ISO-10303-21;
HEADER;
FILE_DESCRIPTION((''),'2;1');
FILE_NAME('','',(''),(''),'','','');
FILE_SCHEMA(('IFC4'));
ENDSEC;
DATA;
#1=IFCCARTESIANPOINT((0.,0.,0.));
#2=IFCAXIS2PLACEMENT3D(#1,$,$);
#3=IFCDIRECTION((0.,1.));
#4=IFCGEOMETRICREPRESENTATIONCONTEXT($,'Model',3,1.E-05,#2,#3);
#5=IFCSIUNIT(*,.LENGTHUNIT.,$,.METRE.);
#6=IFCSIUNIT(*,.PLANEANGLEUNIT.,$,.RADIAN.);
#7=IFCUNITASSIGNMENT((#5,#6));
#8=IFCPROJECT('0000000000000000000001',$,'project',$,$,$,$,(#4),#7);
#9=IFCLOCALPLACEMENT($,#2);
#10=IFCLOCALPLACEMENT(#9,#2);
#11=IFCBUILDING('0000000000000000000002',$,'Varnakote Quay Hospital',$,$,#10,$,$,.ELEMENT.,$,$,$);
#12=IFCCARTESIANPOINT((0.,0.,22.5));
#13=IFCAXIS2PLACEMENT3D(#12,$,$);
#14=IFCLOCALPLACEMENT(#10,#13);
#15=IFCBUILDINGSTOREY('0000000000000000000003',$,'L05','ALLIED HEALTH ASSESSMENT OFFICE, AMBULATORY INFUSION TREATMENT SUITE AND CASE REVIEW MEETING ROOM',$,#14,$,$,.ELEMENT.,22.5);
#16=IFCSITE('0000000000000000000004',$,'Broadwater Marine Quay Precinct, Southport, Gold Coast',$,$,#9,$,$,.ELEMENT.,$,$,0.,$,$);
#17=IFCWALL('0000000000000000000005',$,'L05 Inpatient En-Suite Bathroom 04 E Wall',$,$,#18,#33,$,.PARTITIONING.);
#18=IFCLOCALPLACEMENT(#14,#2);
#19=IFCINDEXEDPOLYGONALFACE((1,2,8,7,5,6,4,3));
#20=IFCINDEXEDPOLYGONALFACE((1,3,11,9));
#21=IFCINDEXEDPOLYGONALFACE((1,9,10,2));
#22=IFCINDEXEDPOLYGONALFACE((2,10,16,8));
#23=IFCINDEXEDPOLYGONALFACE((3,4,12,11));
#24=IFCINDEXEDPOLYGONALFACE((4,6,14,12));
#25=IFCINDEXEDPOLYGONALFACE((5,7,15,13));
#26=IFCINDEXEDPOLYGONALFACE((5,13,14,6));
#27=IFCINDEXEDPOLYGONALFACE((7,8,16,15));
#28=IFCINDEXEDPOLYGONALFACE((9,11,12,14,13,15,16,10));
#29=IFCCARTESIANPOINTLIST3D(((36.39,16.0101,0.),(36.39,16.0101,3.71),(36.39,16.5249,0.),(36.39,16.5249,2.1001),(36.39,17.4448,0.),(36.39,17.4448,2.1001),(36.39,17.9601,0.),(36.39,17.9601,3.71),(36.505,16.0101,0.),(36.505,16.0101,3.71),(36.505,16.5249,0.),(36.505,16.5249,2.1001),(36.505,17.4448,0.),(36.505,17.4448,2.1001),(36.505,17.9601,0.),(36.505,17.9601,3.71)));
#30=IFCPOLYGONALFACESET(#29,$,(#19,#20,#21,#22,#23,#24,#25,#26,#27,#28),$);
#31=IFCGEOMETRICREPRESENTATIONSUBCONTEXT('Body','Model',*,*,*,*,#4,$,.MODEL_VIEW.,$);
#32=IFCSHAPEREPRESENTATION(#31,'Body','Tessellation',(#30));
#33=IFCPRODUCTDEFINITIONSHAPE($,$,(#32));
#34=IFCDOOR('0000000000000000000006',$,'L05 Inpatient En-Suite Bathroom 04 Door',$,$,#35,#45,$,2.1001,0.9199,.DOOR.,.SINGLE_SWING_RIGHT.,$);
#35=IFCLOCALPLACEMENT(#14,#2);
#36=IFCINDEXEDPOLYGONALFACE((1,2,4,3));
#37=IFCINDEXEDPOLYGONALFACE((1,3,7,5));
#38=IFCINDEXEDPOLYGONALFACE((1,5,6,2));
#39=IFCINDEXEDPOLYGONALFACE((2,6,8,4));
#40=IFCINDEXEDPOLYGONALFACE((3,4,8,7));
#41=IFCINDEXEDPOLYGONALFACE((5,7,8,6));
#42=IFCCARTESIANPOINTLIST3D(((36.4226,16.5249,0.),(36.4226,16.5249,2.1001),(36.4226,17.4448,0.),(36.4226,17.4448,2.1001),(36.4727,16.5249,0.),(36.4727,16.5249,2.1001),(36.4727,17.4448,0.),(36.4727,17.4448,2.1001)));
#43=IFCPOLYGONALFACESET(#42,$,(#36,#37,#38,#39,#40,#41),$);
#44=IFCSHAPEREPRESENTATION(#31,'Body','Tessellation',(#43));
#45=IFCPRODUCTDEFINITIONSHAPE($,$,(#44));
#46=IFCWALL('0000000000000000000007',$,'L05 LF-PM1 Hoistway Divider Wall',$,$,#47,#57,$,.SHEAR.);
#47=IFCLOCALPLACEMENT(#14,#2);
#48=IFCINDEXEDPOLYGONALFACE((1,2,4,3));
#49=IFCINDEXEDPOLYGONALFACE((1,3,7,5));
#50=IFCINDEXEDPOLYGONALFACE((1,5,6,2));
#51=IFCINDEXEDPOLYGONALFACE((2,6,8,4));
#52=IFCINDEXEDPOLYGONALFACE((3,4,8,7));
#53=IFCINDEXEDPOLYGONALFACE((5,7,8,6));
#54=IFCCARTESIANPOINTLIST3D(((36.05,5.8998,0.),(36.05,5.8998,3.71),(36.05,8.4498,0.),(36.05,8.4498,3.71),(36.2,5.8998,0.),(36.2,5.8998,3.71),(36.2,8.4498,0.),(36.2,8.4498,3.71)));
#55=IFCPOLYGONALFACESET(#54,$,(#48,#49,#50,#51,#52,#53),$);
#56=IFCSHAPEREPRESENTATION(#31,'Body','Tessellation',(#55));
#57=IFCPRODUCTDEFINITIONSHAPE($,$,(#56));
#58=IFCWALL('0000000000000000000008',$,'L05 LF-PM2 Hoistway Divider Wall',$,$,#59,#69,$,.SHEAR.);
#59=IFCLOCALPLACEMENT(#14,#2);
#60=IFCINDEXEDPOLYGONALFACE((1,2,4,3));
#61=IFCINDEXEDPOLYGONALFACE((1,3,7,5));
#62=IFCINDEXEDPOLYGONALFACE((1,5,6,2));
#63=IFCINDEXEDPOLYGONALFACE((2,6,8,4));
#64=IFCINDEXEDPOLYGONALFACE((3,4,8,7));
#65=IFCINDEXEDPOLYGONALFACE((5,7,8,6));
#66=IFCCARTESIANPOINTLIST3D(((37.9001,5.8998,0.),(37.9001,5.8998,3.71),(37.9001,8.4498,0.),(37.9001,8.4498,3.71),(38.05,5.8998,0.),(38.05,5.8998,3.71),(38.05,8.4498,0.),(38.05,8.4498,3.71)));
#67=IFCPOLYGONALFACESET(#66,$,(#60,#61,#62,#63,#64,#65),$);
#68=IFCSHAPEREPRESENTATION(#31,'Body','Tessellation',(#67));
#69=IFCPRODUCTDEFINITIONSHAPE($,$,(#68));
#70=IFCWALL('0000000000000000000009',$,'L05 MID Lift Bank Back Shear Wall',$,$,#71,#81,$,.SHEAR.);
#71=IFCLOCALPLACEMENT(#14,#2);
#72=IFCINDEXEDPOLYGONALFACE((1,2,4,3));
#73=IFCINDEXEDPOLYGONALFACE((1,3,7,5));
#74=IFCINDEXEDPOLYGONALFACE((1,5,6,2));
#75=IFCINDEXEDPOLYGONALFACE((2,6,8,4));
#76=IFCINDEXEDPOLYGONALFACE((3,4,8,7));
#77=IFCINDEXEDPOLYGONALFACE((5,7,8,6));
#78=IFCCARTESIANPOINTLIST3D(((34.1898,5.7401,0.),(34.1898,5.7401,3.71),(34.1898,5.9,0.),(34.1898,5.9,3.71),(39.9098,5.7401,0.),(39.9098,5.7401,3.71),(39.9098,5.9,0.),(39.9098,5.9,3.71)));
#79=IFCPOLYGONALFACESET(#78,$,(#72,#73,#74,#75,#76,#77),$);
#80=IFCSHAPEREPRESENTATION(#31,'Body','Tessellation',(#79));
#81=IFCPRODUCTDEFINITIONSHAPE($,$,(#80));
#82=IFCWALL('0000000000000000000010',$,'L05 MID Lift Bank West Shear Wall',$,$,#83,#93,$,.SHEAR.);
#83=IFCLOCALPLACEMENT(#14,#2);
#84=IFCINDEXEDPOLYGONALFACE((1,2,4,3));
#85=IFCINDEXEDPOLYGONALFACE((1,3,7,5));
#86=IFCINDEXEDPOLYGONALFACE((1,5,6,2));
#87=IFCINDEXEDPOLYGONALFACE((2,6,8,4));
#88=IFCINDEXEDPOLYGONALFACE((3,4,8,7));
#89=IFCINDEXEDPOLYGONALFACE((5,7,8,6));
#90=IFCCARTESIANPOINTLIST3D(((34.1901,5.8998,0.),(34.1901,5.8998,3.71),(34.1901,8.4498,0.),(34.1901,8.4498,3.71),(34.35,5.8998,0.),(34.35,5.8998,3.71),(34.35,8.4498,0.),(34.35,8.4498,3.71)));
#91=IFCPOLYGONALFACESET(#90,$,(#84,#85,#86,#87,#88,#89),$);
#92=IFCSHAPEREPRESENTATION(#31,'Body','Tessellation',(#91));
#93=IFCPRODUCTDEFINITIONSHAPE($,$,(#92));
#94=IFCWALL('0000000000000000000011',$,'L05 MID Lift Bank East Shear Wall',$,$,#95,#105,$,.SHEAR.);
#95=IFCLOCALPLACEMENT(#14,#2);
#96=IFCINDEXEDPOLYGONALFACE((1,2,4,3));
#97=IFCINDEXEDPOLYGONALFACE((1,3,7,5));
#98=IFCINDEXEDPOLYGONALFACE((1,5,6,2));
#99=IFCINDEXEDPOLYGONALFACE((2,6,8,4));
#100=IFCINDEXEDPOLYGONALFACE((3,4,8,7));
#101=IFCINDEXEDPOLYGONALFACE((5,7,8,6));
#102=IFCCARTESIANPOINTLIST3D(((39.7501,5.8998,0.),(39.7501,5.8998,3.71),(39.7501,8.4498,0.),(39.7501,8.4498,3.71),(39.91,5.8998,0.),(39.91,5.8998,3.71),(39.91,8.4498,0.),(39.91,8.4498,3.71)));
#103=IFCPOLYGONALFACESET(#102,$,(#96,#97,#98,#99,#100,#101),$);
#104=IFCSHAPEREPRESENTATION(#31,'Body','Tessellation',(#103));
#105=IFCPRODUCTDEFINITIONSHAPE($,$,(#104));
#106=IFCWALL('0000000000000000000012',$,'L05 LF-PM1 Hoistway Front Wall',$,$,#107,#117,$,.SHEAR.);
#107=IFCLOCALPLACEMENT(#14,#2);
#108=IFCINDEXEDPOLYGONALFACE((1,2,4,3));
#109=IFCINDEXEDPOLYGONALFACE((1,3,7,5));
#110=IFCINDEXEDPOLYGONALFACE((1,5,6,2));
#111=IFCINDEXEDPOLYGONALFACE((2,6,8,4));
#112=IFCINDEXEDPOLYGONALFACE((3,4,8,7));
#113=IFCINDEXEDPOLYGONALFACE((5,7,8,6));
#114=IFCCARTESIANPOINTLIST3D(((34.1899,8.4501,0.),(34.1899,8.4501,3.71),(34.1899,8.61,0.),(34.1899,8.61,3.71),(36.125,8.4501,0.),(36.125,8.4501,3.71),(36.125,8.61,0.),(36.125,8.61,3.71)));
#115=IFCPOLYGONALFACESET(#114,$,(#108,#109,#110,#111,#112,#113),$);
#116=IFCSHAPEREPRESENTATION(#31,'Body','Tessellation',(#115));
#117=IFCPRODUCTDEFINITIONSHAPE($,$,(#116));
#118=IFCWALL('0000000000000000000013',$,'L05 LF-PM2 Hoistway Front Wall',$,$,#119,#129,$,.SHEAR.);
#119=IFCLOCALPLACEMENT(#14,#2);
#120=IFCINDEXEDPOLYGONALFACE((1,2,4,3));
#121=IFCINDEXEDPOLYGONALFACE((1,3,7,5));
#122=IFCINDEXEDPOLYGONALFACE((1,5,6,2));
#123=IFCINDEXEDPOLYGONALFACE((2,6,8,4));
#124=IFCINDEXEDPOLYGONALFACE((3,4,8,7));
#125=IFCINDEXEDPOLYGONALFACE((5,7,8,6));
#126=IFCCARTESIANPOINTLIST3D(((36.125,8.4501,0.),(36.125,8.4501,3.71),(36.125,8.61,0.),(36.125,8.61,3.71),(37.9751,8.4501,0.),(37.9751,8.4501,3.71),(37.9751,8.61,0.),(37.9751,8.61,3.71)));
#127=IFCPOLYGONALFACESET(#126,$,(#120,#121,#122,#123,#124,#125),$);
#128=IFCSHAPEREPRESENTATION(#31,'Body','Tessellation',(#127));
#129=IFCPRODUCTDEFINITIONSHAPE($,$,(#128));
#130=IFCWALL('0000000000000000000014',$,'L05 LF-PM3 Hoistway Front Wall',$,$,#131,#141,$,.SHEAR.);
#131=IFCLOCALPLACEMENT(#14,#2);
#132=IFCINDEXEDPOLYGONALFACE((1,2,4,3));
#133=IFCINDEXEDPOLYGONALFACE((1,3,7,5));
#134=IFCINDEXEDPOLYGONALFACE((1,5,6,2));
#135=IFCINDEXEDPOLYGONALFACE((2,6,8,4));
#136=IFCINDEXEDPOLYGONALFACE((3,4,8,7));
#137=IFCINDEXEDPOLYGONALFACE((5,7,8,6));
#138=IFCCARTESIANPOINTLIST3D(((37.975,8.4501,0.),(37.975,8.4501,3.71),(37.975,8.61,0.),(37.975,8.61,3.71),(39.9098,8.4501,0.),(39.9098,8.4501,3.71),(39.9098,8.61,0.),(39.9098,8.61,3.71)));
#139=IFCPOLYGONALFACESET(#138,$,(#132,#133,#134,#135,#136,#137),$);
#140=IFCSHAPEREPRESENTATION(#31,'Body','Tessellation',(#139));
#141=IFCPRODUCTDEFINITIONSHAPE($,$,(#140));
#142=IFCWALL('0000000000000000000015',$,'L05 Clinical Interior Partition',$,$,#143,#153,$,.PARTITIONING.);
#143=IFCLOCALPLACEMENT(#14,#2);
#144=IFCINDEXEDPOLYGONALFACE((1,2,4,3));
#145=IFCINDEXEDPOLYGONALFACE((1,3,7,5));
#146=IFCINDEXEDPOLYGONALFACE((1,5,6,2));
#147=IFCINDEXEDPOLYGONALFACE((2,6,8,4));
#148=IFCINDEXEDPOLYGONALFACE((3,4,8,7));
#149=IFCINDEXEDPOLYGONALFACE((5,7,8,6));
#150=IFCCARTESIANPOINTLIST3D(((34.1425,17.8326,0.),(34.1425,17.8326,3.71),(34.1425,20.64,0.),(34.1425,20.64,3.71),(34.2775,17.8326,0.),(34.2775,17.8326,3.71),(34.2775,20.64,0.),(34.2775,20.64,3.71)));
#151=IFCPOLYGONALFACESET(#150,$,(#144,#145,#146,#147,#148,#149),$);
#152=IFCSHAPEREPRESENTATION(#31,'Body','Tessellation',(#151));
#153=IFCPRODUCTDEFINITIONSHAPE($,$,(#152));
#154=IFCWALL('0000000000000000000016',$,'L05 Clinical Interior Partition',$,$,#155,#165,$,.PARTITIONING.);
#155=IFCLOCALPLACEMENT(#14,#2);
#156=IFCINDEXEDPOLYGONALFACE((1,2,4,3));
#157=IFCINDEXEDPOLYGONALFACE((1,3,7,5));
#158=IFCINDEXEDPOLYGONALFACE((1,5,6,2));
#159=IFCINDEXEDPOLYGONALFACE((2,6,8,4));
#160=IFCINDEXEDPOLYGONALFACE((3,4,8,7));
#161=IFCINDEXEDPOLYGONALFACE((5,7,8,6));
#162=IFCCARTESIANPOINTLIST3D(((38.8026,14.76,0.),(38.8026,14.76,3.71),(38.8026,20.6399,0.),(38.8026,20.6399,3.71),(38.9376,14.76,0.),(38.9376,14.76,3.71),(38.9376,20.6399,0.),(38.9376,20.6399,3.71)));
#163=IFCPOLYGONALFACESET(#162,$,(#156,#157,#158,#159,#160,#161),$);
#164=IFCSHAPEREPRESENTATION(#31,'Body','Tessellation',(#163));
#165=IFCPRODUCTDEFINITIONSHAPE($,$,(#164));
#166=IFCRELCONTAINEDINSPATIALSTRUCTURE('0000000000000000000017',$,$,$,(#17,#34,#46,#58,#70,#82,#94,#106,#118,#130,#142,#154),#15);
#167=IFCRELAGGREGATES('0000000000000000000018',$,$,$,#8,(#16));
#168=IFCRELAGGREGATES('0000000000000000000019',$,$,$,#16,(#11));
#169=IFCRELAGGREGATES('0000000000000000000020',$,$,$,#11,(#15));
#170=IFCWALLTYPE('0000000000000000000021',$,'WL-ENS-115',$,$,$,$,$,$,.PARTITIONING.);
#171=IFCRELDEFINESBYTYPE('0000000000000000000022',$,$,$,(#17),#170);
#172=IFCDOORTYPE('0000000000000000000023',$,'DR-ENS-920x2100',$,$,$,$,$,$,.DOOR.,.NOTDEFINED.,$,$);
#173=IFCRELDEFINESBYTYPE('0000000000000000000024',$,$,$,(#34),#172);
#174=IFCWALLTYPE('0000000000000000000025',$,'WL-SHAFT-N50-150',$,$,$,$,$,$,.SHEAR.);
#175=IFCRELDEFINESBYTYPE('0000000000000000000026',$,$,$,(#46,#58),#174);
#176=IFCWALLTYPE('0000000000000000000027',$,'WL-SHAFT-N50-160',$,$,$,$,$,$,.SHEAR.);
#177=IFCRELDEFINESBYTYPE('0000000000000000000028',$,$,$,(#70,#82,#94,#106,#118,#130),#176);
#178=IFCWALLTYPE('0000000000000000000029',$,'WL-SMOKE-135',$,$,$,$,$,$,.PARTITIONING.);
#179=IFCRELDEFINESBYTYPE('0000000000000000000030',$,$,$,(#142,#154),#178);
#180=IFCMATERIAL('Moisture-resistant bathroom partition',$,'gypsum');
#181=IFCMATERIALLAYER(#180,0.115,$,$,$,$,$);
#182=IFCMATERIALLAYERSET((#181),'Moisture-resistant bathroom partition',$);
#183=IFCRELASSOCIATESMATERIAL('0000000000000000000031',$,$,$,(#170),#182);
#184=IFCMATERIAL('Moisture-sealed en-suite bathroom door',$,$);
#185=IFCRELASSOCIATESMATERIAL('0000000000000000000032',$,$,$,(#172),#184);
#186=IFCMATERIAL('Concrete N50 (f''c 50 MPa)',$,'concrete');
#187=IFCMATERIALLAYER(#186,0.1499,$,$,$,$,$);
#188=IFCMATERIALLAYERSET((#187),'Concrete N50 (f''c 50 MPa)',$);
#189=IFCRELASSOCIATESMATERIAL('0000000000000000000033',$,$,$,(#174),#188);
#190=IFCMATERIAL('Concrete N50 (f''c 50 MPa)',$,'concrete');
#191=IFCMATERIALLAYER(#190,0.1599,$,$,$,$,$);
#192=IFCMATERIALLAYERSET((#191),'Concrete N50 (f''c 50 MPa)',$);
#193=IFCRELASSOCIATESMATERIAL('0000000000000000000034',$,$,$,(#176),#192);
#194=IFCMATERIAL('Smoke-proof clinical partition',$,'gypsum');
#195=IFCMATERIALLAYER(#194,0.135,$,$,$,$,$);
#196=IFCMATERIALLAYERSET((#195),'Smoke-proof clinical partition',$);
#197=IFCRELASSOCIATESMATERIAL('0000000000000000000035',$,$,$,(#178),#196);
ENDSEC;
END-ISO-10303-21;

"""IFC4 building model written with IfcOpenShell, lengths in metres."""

from ifc_helpers import new_model, si_unit, direction, frame, frame_2d, origin, place, context, subcontext, project, spatial, rectangle, extrude, material, layer, layer_set, type_object, element, fill, save


model = new_model("IFC4")

# Units and contexts
model_context = context("Model", 3, precision=1e-05, world=origin(), true_north=direction((0.0, 1.0)))
body_context = subcontext(model_context, "Body", "Model", "MODEL_VIEW")
ifc_project = project(units=[si_unit("LENGTHUNIT", "METRE"), si_unit("PLANEANGLEUNIT", "RADIAN")], contexts=[model_context])

# Site, building, storey
site_placement = place(None, origin())
site = spatial("IfcSite", under=ifc_project, at=site_placement, Name="Broadwater Marine Quay Precinct, Southport, Gold Coast", CompositionType="ELEMENT", RefElevation=0.0)
building_placement = place(site_placement, origin())
building = spatial("IfcBuilding", under=site, at=building_placement, Name="Varnakote Quay Hospital", CompositionType="ELEMENT")
storey_placement = place(building_placement, frame((0.0, 0.0, 22.5)))
storey = spatial("IfcBuildingStorey", under=building, at=storey_placement, Name="L05", Description="ALLIED HEALTH ASSESSMENT OFFICE, AMBULATORY INFUSION TREATMENT SUITE AND CASE REVIEW MEETING ROOM", CompositionType="ELEMENT", Elevation=22.5)

# Shared definitions
ifc_material_1 = material(Name="Moisture-resistant bathroom partition", Category="gypsum")
ifc_layer_1 = layer(ifc_material_1, 0.115)
ifc_layer_set_1 = layer_set([ifc_layer_1], Name="Moisture-resistant bathroom partition")
wall_type_1 = type_object("IfcWallType", Name="WL-ENS-115", PredefinedType="PARTITIONING", material=ifc_layer_set_1)

# Wall, opening, door
wall_1_placement = place(storey_placement, frame((36.4475, 16.01, 0.0), z_axis=(0.0, 0.0, 1.0), x_axis=(0.0, 1.0, 0.0)))
wall_1 = element("IfcWall", 1, at=wall_1_placement, inside=storey, type_object=wall_type_1, Name="L05 Inpatient En-Suite Bathroom 04 E Wall", PredefinedType="PARTITIONING", context=body_context, shape_type="SweptSolid", body=[
    extrude(rectangle(XDim=1.95, YDim=0.115, at=frame_2d((0.9751, 0.0))), origin(), (0.0, 0.0, 1.0), 3.71),
])
opening_1_placement = place(wall_1_placement, frame((0.5149, 0.0, 0.0)))
opening_1 = element("IfcOpeningElement", 2, at=opening_1_placement, cuts=wall_1, PredefinedType="OPENING", context=body_context, shape_type="SweptSolid", body=[
    extrude(rectangle(XDim=0.9199, YDim=2.1001, at=frame_2d((0.46, 1.05))), frame((0.0, 0.0674, 0.0), z_axis=(0.0, -1.0, 0.0), x_axis=(1.0, 0.0, 0.0)), (0.0, 0.0, 1.0), 0.135),
])
ifc_material_2 = material(Name="Moisture-sealed en-suite bathroom door")
door_type_1 = type_object("IfcDoorType", Name="DR-ENS-920x2100", OperationType="NOTDEFINED", PredefinedType="DOOR", material=ifc_material_2)
door_1_placement = place(opening_1_placement, origin())
door_1 = element("IfcDoor", 3, at=door_1_placement, inside=storey, type_object=door_type_1, Name="L05 Inpatient En-Suite Bathroom 04 Door", OperationType="SINGLE_SWING_RIGHT", OverallHeight=2.1001, OverallWidth=0.9199, PredefinedType="DOOR", context=body_context, shape_type="SweptSolid", body=[
    extrude(rectangle(XDim=0.9199, YDim=2.1001, at=frame_2d((0.46, 1.05))), frame((0.0, 0.0249, 0.0), z_axis=(0.0, -1.0, 0.0), x_axis=(1.0, 0.0, 0.0)), (0.0, 0.0, 1.0), 0.05),
])
fill(opening_1, door_1)

# Walls
ifc_material_3 = material(Name="Concrete N50 (f'c 50 MPa)", Category="concrete")
ifc_layer_2 = layer(ifc_material_3, 0.1499)
ifc_layer_set_2 = layer_set([ifc_layer_2], Name="Concrete N50 (f'c 50 MPa)")
wall_type_2 = type_object("IfcWallType", Name="WL-SHAFT-N50-150", PredefinedType="SHEAR", material=ifc_layer_set_2)
for number, where, z_axis, x_axis, name in (
    (4, (36.125, 5.8999, 0.0), (0.0, 0.0, 1.0), (0.0, 1.0, 0.0), "L05 LF-PM1 Hoistway Divider Wall"),
    (5, (37.9751, 5.8999, 0.0), (0.0, 0.0, 1.0), (0.0, 1.0, 0.0), "L05 LF-PM2 Hoistway Divider Wall"),
):
    element("IfcWall", number, at=place(storey_placement, frame(where, z_axis=z_axis, x_axis=x_axis)), inside=storey, type_object=wall_type_2, Name=name, PredefinedType="SHEAR", context=body_context, shape_type="SweptSolid", body=[
        extrude(rectangle(XDim=2.55, YDim=0.1499, at=frame_2d((1.2749, 0.0))), origin(), (0.0, 0.0, 1.0), 3.71),
    ])
ifc_material_4 = material(Name="Concrete N50 (f'c 50 MPa)", Category="concrete")
ifc_layer_3 = layer(ifc_material_4, 0.1599)
ifc_layer_set_3 = layer_set([ifc_layer_3], Name="Concrete N50 (f'c 50 MPa)")
wall_type_3 = type_object("IfcWallType", Name="WL-SHAFT-N50-160", PredefinedType="SHEAR", material=ifc_layer_set_3)
wall_2_placement = place(storey_placement, frame((34.1899, 5.8201, 0.0), z_axis=(0.0, 0.0, 1.0), x_axis=(1.0, 0.0, 0.0)))
element("IfcWall", 6, at=wall_2_placement, inside=storey, type_object=wall_type_3, Name="L05 MID Lift Bank Back Shear Wall", PredefinedType="SHEAR", context=body_context, shape_type="SweptSolid", body=[
    extrude(rectangle(XDim=5.72, YDim=0.1599, at=frame_2d((2.8599, 0.0))), origin(), (0.0, 0.0, 1.0), 3.71),
])
for number, where, z_axis, x_axis, name in (
    (7, (34.27, 5.8999, 0.0), (0.0, 0.0, 1.0), (0.0, 1.0, 0.0), "L05 MID Lift Bank West Shear Wall"),
    (8, (39.8301, 5.8999, 0.0), (0.0, 0.0, 1.0), (0.0, 1.0, 0.0), "L05 MID Lift Bank East Shear Wall"),
):
    element("IfcWall", number, at=place(storey_placement, frame(where, z_axis=z_axis, x_axis=x_axis)), inside=storey, type_object=wall_type_3, Name=name, PredefinedType="SHEAR", context=body_context, shape_type="SweptSolid", body=[
        extrude(rectangle(XDim=2.55, YDim=0.1599, at=frame_2d((1.2749, 0.0))), origin(), (0.0, 0.0, 1.0), 3.71),
    ])
wall_3_placement = place(storey_placement, frame((34.1899, 8.53, 0.0), z_axis=(0.0, 0.0, 1.0), x_axis=(1.0, 0.0, 0.0)))
element("IfcWall", 9, at=wall_3_placement, inside=storey, type_object=wall_type_3, Name="L05 LF-PM1 Hoistway Front Wall", PredefinedType="SHEAR", context=body_context, shape_type="SweptSolid", body=[
    extrude(rectangle(XDim=1.9351, YDim=0.1599, at=frame_2d((0.9675, 0.0))), origin(), (0.0, 0.0, 1.0), 3.71),
])
wall_4_placement = place(storey_placement, frame((36.125, 8.53, 0.0), z_axis=(0.0, 0.0, 1.0), x_axis=(1.0, 0.0, 0.0)))
element("IfcWall", 10, at=wall_4_placement, inside=storey, type_object=wall_type_3, Name="L05 LF-PM2 Hoistway Front Wall", PredefinedType="SHEAR", context=body_context, shape_type="SweptSolid", body=[
    extrude(rectangle(XDim=1.8501, YDim=0.1599, at=frame_2d((0.925, 0.0))), origin(), (0.0, 0.0, 1.0), 3.71),
])
wall_5_placement = place(storey_placement, frame((37.9751, 8.53, 0.0), z_axis=(0.0, 0.0, 1.0), x_axis=(1.0, 0.0, 0.0)))
element("IfcWall", 11, at=wall_5_placement, inside=storey, type_object=wall_type_3, Name="L05 LF-PM3 Hoistway Front Wall", PredefinedType="SHEAR", context=body_context, shape_type="SweptSolid", body=[
    extrude(rectangle(XDim=1.9348, YDim=0.1599, at=frame_2d((0.9673, 0.0))), origin(), (0.0, 0.0, 1.0), 3.71),
])
ifc_material_5 = material(Name="Smoke-proof clinical partition", Category="gypsum")
ifc_layer_4 = layer(ifc_material_5, 0.135)
ifc_layer_set_4 = layer_set([ifc_layer_4], Name="Smoke-proof clinical partition")
wall_type_4 = type_object("IfcWallType", Name="WL-SMOKE-135", PredefinedType="PARTITIONING", material=ifc_layer_set_4)
wall_6_placement = place(storey_placement, frame((34.21, 17.8325, 0.0), z_axis=(0.0, 0.0, 1.0), x_axis=(0.0, 1.0, 0.0)))
element("IfcWall", 12, at=wall_6_placement, inside=storey, type_object=wall_type_4, Name="L05 Clinical Interior Partition", PredefinedType="PARTITIONING", context=body_context, shape_type="SweptSolid", body=[
    extrude(rectangle(XDim=2.8074, YDim=0.135, at=frame_2d((1.4038, 0.0))), origin(), (0.0, 0.0, 1.0), 3.71),
])
wall_7_placement = place(storey_placement, frame((38.8701, 14.76, 0.0), z_axis=(0.0, 0.0, 1.0), x_axis=(0.0, 1.0, 0.0)))
element("IfcWall", 13, at=wall_7_placement, inside=storey, type_object=wall_type_4, Name="L05 Clinical Interior Partition", PredefinedType="PARTITIONING", context=body_context, shape_type="SweptSolid", body=[
    extrude(rectangle(XDim=5.8799, YDim=0.135, at=frame_2d((2.9399, 0.0))), origin(), (0.0, 0.0, 1.0), 3.71),
])

save(model, "model.ifc")
